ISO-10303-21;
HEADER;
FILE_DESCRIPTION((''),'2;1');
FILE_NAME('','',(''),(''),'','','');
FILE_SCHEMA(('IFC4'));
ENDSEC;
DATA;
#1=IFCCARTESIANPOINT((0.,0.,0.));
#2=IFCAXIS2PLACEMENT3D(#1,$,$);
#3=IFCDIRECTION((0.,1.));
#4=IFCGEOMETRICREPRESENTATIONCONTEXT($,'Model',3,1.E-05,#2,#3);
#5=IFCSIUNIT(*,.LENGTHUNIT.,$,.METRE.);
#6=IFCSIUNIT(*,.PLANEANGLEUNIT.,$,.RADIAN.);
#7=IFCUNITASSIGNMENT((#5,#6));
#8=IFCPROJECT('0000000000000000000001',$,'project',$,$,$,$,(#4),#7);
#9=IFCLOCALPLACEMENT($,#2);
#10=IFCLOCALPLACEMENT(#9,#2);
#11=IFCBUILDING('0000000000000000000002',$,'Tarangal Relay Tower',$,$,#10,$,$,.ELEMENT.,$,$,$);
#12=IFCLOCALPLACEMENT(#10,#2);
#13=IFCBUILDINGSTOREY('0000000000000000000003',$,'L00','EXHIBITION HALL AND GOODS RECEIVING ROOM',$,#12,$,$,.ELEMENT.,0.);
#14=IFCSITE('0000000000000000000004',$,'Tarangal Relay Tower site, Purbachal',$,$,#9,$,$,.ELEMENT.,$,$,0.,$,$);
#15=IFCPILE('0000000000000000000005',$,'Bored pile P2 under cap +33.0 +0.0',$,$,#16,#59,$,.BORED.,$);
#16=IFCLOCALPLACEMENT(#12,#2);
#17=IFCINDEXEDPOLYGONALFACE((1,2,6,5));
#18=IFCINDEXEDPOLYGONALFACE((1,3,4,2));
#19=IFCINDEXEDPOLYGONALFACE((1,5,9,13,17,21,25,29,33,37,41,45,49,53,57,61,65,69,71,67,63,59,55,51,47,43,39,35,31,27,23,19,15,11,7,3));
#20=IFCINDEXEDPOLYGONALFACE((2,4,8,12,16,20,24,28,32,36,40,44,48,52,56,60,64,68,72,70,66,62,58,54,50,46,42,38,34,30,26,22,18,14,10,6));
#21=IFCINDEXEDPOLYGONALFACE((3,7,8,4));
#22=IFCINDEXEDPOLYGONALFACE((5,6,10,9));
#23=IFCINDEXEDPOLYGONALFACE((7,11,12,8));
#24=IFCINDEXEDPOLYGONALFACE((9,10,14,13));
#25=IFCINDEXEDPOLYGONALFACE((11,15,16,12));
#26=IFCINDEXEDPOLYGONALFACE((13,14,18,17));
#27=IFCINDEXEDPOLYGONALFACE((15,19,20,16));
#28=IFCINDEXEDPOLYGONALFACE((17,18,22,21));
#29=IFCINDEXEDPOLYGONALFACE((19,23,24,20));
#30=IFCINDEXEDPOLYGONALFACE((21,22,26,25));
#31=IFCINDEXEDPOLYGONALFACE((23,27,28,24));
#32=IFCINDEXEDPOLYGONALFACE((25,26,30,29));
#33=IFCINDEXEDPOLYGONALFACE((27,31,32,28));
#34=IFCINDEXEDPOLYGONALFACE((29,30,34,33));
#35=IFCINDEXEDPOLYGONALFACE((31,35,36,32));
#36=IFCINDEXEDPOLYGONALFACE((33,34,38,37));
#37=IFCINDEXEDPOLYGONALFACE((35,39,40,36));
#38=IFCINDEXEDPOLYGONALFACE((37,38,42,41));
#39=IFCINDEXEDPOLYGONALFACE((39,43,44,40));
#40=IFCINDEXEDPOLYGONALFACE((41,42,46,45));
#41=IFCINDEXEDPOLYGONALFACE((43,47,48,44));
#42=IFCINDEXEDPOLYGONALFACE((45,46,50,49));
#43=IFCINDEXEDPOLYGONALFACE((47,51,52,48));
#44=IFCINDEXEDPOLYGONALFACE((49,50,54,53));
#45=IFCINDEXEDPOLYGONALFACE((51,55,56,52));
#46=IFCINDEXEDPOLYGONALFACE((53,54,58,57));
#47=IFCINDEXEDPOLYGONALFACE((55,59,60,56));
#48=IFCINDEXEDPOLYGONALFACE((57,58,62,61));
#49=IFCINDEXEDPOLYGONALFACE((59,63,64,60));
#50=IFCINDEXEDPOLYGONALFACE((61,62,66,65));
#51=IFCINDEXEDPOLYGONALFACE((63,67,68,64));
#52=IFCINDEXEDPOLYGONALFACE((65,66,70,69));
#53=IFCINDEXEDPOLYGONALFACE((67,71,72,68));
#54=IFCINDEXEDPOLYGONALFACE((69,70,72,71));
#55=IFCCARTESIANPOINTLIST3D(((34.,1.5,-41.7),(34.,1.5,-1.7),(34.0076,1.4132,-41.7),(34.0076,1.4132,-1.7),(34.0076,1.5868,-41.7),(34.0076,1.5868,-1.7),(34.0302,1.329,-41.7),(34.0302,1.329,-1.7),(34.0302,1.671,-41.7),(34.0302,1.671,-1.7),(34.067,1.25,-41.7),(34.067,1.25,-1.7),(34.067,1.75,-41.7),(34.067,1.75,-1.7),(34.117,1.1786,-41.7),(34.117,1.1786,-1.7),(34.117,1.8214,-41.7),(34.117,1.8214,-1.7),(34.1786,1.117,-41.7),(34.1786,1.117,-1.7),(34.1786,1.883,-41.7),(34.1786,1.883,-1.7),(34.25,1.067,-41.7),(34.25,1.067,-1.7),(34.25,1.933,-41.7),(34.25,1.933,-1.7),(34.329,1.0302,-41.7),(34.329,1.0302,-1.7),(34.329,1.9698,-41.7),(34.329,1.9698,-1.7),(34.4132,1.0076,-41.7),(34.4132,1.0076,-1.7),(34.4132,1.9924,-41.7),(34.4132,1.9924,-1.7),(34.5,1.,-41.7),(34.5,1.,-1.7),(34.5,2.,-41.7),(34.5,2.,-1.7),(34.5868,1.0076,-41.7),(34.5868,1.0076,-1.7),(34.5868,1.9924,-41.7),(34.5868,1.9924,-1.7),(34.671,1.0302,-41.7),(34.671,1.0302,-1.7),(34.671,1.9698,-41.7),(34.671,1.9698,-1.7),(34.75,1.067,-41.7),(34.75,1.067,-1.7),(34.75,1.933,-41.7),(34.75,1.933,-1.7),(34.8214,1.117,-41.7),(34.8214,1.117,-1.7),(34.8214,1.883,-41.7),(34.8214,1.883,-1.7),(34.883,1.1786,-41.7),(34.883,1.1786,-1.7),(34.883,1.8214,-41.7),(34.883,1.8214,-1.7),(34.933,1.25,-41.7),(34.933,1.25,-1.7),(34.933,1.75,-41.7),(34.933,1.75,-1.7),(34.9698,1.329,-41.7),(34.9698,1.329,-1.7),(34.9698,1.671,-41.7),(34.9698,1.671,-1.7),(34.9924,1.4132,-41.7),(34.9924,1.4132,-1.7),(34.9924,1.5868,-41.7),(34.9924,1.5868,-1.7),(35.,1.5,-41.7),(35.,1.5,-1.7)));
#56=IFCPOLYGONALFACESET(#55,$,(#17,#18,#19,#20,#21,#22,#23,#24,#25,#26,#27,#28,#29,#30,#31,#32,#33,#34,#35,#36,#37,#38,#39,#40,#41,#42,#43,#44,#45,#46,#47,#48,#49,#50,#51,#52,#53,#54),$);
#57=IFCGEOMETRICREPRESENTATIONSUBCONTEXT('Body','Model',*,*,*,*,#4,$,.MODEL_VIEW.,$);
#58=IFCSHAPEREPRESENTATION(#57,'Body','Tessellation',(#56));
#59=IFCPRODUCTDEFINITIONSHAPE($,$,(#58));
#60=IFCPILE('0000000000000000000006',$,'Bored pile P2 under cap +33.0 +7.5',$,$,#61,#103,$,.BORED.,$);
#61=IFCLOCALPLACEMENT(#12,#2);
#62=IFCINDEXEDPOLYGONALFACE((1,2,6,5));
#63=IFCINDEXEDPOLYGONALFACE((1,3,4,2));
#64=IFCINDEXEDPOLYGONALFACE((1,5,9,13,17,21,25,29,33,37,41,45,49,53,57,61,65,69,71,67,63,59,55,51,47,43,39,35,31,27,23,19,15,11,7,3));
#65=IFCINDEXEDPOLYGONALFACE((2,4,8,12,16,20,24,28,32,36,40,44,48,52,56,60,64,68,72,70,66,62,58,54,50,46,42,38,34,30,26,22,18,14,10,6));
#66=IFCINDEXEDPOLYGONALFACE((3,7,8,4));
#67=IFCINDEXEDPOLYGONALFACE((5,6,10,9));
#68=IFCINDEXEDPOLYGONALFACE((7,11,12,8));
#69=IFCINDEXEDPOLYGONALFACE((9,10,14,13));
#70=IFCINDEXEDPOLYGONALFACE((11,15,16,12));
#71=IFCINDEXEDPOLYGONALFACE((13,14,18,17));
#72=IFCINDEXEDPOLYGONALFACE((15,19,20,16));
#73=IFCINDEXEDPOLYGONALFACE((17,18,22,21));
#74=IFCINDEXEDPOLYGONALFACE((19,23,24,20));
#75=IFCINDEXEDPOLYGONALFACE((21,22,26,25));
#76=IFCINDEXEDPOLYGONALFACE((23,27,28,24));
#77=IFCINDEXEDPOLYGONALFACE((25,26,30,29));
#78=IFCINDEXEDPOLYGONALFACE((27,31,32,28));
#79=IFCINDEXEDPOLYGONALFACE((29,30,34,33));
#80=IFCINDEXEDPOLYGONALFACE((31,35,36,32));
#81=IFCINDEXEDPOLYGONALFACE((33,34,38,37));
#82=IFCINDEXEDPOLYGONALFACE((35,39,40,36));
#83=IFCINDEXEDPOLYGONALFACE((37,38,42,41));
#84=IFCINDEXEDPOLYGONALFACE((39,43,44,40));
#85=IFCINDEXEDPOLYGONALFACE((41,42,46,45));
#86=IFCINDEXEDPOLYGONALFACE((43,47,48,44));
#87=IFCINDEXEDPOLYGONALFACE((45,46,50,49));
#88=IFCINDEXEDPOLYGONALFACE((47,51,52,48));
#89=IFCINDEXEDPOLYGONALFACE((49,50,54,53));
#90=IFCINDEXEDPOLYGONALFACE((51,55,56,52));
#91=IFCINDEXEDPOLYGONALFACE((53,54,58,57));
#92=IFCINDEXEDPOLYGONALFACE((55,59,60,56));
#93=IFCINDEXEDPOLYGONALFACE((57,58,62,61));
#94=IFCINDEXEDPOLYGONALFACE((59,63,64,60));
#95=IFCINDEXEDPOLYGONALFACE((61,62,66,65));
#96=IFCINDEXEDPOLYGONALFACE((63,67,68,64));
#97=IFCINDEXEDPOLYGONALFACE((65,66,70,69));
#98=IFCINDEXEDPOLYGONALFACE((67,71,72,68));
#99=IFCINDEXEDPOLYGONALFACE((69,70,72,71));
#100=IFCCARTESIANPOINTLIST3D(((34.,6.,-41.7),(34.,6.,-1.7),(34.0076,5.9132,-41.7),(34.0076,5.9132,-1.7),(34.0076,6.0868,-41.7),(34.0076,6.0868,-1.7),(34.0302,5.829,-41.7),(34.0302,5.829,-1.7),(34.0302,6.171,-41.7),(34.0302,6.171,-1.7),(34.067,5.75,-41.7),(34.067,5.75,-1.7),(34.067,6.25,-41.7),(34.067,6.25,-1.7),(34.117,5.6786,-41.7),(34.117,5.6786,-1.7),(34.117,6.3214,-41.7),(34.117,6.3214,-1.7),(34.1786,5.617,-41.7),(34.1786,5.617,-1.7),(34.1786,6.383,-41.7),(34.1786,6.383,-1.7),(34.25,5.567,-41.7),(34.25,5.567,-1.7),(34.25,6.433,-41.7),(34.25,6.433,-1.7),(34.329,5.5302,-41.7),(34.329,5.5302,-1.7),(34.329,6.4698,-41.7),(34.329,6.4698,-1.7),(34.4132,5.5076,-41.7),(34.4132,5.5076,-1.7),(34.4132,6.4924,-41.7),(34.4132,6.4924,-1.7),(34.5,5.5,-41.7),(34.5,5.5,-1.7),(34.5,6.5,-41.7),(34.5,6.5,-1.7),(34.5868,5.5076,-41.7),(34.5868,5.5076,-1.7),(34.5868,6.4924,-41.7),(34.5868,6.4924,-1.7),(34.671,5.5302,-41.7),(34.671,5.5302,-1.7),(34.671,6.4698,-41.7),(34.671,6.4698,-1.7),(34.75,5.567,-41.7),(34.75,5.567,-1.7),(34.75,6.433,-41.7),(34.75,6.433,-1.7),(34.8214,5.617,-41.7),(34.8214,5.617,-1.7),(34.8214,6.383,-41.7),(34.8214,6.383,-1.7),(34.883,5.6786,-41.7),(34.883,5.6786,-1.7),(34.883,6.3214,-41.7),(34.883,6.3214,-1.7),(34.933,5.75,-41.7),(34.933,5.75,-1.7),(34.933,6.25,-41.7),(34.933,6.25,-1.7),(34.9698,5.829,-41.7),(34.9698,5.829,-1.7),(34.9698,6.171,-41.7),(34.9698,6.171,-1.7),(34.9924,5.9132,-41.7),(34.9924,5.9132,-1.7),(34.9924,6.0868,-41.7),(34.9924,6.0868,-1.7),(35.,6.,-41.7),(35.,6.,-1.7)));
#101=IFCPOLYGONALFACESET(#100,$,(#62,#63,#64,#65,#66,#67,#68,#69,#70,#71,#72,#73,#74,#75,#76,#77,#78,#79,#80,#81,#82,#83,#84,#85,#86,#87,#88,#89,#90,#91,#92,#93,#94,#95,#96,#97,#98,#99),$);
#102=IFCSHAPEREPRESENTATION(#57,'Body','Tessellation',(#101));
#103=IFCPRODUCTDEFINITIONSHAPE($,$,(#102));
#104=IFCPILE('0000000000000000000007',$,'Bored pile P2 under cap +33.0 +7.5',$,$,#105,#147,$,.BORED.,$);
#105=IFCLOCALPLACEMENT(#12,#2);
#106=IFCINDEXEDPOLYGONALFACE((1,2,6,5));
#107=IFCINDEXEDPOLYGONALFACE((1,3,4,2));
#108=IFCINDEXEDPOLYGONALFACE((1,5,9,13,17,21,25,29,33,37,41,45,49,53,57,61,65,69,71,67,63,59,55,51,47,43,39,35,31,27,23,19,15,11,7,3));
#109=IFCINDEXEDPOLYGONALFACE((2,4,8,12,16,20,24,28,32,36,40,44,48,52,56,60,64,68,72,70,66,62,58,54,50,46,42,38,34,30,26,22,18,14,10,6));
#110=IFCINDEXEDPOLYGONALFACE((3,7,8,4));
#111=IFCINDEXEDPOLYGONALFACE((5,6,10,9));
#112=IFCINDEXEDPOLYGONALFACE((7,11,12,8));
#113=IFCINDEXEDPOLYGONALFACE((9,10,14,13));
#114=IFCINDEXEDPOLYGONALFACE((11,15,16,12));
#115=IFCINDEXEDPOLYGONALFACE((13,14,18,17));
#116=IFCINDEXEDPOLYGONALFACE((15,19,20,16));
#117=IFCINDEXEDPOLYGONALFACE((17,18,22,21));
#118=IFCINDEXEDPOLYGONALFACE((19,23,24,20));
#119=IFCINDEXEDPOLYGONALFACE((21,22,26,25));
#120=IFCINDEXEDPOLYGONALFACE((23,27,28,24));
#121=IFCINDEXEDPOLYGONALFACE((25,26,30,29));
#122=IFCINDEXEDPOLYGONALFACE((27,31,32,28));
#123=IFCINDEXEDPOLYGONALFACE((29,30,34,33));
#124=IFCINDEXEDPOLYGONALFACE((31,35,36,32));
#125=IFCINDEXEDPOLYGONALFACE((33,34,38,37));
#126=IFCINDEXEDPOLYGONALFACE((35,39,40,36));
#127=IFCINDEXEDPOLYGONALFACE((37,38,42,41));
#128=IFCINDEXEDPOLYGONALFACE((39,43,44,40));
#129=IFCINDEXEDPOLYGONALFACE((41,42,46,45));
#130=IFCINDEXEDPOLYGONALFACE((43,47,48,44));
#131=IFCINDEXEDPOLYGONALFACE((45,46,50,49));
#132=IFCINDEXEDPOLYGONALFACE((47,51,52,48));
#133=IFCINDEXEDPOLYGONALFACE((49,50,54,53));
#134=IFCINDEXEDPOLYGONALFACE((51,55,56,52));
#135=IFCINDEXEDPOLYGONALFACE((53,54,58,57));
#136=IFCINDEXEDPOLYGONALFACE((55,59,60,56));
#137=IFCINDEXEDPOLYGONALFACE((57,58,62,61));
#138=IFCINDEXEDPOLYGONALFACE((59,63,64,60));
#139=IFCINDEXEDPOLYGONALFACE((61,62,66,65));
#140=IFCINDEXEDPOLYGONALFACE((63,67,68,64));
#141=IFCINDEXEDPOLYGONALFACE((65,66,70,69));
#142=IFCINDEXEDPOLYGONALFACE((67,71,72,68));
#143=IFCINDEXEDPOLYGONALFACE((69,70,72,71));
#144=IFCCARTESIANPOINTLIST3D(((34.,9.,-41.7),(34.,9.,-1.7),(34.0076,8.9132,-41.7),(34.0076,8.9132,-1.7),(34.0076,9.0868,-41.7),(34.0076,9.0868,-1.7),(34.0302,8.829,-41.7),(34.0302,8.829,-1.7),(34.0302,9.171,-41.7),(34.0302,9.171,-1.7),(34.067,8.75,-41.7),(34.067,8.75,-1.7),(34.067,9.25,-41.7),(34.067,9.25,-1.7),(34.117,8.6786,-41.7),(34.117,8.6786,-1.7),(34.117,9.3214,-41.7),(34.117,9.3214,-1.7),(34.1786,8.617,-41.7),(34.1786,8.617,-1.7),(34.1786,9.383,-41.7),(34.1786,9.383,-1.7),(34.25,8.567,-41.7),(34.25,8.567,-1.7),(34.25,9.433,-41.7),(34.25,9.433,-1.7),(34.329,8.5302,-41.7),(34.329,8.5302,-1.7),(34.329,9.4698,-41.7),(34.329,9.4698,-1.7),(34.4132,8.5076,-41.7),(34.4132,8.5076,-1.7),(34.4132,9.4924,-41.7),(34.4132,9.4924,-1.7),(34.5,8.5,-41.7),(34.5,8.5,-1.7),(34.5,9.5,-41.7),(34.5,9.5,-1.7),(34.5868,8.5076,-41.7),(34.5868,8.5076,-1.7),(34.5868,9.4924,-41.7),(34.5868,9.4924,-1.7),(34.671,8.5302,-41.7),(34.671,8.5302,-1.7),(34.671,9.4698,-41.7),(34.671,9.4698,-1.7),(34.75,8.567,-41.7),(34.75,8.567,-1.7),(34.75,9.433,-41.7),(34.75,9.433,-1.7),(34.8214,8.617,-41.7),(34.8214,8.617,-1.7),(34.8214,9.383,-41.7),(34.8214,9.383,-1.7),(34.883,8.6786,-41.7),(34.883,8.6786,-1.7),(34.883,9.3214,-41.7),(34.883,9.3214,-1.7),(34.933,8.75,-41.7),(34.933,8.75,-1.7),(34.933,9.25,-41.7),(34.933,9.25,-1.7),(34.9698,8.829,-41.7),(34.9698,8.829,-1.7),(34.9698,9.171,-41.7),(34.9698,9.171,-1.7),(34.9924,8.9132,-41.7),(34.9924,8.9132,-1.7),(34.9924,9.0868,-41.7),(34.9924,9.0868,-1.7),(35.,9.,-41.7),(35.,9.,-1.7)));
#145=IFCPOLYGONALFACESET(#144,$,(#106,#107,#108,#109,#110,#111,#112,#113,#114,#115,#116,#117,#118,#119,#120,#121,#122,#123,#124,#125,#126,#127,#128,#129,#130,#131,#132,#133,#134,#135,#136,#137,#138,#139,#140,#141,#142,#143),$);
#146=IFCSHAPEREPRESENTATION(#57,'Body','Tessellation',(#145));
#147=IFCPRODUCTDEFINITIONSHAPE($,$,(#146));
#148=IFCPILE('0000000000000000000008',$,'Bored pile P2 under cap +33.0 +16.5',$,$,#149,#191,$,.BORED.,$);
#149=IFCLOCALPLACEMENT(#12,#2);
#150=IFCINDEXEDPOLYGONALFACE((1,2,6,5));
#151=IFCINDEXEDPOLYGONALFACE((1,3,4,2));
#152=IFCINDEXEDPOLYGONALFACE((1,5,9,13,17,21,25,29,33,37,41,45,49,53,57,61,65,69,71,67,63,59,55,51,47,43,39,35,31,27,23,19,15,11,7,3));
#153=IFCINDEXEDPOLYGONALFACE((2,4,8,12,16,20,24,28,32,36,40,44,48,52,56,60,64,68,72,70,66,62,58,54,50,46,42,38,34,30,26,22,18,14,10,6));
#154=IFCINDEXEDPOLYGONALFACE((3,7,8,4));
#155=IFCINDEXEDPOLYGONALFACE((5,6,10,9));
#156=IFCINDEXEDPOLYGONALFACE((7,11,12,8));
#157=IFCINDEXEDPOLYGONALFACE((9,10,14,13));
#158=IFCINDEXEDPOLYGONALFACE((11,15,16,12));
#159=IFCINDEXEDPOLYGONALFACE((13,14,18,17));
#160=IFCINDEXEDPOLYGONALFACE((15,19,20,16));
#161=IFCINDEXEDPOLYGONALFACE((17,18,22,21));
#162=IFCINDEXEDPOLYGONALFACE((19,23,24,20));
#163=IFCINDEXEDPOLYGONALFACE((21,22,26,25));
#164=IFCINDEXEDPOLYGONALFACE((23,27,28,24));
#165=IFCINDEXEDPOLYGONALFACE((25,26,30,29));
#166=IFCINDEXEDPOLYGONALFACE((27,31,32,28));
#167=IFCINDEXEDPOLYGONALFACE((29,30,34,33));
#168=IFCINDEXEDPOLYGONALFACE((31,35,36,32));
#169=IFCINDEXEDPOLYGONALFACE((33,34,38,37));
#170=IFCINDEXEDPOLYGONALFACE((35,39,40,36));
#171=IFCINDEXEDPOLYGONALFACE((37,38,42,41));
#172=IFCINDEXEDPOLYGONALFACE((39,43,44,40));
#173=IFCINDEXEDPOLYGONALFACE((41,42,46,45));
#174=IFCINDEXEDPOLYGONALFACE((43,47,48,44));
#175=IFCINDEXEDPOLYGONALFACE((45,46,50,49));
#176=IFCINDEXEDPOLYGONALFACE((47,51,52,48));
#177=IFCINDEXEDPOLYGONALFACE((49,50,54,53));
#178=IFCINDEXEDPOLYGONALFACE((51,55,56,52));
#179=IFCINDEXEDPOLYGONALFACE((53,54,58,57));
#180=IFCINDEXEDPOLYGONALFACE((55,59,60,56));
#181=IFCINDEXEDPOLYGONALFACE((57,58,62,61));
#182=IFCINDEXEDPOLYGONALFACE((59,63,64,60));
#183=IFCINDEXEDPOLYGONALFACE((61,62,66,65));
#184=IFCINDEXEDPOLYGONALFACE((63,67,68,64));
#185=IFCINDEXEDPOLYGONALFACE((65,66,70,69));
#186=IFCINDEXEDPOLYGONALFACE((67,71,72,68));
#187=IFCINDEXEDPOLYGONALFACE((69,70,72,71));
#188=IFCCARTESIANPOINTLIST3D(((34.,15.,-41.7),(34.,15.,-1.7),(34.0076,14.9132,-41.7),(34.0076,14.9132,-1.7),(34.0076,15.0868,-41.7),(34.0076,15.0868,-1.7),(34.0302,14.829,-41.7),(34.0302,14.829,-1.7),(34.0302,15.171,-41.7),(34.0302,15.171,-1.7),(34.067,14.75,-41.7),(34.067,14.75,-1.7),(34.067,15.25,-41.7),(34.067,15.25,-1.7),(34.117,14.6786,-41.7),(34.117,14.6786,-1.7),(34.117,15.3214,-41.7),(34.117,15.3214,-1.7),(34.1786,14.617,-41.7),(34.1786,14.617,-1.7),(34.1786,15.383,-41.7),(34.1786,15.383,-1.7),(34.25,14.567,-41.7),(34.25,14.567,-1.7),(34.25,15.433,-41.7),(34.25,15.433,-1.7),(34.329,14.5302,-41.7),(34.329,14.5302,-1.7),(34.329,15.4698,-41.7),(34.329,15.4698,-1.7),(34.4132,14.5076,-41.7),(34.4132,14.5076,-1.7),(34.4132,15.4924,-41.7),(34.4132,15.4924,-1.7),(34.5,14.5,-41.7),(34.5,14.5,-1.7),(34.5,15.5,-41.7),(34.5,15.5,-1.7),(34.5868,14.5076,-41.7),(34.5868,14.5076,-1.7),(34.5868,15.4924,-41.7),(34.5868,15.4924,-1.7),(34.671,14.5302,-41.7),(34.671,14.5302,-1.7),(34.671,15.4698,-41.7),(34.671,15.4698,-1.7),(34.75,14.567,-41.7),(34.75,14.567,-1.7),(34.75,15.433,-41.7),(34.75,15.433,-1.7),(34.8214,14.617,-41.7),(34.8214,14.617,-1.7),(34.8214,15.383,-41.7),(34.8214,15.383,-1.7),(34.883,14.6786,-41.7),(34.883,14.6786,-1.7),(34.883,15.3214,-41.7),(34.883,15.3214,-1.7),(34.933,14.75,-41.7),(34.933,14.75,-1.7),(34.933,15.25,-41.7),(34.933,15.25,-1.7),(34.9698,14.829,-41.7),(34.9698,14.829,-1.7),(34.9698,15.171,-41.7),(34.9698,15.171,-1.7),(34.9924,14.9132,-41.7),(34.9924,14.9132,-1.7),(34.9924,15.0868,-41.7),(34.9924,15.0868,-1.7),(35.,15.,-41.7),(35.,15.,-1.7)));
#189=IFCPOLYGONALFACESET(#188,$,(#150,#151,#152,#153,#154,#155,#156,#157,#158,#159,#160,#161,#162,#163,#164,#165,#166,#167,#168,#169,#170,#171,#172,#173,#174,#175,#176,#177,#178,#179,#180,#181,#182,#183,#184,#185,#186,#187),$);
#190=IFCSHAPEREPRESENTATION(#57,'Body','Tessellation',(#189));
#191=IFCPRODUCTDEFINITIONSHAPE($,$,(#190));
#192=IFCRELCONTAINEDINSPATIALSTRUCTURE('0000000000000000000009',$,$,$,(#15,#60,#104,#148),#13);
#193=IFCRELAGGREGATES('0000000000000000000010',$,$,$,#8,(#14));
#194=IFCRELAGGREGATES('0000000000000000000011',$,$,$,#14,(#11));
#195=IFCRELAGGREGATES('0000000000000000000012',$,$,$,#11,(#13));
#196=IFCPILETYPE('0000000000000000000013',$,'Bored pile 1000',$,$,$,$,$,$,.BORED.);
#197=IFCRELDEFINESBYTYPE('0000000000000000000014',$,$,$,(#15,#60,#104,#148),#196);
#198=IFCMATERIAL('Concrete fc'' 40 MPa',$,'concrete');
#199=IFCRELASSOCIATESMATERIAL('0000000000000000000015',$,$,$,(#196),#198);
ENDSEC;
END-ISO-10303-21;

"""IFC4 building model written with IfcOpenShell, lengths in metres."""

from ifc_helpers import new_model, si_unit, direction, frame, origin, origin_2d, place, context, subcontext, project, spatial, circle, extrude, material, material_profile, profile_set, type_object, element, save


model = new_model("IFC4")

# Units and contexts
model_context = context("Model", 3, precision=1e-05, world=origin(), true_north=direction((0.0, 1.0)))
body_context = subcontext(model_context, "Body", "Model", "MODEL_VIEW")
ifc_project = project(units=[si_unit("LENGTHUNIT", "METRE"), si_unit("PLANEANGLEUNIT", "RADIAN")], contexts=[model_context])

# Site, building, storey
site_placement = place(None, origin())
site = spatial("IfcSite", under=ifc_project, at=site_placement, Name="Tarangal Relay Tower site, Purbachal", CompositionType="ELEMENT", RefElevation=0.0)
building_placement = place(site_placement, origin())
building = spatial("IfcBuilding", under=site, at=building_placement, Name="Tarangal Relay Tower", CompositionType="ELEMENT")
storey_placement = place(building_placement, origin())
storey = spatial("IfcBuildingStorey", under=building, at=storey_placement, Name="L00", Description="EXHIBITION HALL AND GOODS RECEIVING ROOM", CompositionType="ELEMENT", Elevation=0.0)

# Piles
ifc_material_1 = material(Name="Concrete fc' 40 MPa", Category="concrete")
ifc_material_profile_1 = material_profile(ifc_material_1, circle(Radius=0.5, at=origin_2d()), Name="D1000")
ifc_profile_set_1 = profile_set([ifc_material_profile_1], Name="Concrete fc' 40 MPa")
pile_type = type_object("IfcPileType", Name="Bored pile 1000", PredefinedType="BORED", material=ifc_profile_set_1)
for number, where, z_axis, x_axis, name in (
    (1, (34.5, 1.5, -1.7), (0.0, 0.0, -1.0), (1.0, 0.0, 0.0), "Bored pile P2 under cap +33.0 +0.0"),
    (2, (34.5, 6.0, -1.7), (0.0, 0.0, -1.0), (1.0, 0.0, 0.0), "Bored pile P2 under cap +33.0 +7.5"),
    (3, (34.5, 9.0, -1.7), (0.0, 0.0, -1.0), (1.0, 0.0, 0.0), "Bored pile P2 under cap +33.0 +7.5"),
    (4, (34.5, 15.0, -1.7), (0.0, 0.0, -1.0), (1.0, 0.0, 0.0), "Bored pile P2 under cap +33.0 +16.5"),
):
    element("IfcPile", number, at=place(storey_placement, frame(where, z_axis=z_axis, x_axis=x_axis)), inside=storey, type_object=pile_type, Name=name, PredefinedType="BORED", context=body_context, shape_type="SweptSolid", body=[
        extrude(circle(Radius=0.5, at=origin_2d()), origin(), (0.0, 0.0, 1.0), 40.0),
    ])

save(model, "model.ifc")
